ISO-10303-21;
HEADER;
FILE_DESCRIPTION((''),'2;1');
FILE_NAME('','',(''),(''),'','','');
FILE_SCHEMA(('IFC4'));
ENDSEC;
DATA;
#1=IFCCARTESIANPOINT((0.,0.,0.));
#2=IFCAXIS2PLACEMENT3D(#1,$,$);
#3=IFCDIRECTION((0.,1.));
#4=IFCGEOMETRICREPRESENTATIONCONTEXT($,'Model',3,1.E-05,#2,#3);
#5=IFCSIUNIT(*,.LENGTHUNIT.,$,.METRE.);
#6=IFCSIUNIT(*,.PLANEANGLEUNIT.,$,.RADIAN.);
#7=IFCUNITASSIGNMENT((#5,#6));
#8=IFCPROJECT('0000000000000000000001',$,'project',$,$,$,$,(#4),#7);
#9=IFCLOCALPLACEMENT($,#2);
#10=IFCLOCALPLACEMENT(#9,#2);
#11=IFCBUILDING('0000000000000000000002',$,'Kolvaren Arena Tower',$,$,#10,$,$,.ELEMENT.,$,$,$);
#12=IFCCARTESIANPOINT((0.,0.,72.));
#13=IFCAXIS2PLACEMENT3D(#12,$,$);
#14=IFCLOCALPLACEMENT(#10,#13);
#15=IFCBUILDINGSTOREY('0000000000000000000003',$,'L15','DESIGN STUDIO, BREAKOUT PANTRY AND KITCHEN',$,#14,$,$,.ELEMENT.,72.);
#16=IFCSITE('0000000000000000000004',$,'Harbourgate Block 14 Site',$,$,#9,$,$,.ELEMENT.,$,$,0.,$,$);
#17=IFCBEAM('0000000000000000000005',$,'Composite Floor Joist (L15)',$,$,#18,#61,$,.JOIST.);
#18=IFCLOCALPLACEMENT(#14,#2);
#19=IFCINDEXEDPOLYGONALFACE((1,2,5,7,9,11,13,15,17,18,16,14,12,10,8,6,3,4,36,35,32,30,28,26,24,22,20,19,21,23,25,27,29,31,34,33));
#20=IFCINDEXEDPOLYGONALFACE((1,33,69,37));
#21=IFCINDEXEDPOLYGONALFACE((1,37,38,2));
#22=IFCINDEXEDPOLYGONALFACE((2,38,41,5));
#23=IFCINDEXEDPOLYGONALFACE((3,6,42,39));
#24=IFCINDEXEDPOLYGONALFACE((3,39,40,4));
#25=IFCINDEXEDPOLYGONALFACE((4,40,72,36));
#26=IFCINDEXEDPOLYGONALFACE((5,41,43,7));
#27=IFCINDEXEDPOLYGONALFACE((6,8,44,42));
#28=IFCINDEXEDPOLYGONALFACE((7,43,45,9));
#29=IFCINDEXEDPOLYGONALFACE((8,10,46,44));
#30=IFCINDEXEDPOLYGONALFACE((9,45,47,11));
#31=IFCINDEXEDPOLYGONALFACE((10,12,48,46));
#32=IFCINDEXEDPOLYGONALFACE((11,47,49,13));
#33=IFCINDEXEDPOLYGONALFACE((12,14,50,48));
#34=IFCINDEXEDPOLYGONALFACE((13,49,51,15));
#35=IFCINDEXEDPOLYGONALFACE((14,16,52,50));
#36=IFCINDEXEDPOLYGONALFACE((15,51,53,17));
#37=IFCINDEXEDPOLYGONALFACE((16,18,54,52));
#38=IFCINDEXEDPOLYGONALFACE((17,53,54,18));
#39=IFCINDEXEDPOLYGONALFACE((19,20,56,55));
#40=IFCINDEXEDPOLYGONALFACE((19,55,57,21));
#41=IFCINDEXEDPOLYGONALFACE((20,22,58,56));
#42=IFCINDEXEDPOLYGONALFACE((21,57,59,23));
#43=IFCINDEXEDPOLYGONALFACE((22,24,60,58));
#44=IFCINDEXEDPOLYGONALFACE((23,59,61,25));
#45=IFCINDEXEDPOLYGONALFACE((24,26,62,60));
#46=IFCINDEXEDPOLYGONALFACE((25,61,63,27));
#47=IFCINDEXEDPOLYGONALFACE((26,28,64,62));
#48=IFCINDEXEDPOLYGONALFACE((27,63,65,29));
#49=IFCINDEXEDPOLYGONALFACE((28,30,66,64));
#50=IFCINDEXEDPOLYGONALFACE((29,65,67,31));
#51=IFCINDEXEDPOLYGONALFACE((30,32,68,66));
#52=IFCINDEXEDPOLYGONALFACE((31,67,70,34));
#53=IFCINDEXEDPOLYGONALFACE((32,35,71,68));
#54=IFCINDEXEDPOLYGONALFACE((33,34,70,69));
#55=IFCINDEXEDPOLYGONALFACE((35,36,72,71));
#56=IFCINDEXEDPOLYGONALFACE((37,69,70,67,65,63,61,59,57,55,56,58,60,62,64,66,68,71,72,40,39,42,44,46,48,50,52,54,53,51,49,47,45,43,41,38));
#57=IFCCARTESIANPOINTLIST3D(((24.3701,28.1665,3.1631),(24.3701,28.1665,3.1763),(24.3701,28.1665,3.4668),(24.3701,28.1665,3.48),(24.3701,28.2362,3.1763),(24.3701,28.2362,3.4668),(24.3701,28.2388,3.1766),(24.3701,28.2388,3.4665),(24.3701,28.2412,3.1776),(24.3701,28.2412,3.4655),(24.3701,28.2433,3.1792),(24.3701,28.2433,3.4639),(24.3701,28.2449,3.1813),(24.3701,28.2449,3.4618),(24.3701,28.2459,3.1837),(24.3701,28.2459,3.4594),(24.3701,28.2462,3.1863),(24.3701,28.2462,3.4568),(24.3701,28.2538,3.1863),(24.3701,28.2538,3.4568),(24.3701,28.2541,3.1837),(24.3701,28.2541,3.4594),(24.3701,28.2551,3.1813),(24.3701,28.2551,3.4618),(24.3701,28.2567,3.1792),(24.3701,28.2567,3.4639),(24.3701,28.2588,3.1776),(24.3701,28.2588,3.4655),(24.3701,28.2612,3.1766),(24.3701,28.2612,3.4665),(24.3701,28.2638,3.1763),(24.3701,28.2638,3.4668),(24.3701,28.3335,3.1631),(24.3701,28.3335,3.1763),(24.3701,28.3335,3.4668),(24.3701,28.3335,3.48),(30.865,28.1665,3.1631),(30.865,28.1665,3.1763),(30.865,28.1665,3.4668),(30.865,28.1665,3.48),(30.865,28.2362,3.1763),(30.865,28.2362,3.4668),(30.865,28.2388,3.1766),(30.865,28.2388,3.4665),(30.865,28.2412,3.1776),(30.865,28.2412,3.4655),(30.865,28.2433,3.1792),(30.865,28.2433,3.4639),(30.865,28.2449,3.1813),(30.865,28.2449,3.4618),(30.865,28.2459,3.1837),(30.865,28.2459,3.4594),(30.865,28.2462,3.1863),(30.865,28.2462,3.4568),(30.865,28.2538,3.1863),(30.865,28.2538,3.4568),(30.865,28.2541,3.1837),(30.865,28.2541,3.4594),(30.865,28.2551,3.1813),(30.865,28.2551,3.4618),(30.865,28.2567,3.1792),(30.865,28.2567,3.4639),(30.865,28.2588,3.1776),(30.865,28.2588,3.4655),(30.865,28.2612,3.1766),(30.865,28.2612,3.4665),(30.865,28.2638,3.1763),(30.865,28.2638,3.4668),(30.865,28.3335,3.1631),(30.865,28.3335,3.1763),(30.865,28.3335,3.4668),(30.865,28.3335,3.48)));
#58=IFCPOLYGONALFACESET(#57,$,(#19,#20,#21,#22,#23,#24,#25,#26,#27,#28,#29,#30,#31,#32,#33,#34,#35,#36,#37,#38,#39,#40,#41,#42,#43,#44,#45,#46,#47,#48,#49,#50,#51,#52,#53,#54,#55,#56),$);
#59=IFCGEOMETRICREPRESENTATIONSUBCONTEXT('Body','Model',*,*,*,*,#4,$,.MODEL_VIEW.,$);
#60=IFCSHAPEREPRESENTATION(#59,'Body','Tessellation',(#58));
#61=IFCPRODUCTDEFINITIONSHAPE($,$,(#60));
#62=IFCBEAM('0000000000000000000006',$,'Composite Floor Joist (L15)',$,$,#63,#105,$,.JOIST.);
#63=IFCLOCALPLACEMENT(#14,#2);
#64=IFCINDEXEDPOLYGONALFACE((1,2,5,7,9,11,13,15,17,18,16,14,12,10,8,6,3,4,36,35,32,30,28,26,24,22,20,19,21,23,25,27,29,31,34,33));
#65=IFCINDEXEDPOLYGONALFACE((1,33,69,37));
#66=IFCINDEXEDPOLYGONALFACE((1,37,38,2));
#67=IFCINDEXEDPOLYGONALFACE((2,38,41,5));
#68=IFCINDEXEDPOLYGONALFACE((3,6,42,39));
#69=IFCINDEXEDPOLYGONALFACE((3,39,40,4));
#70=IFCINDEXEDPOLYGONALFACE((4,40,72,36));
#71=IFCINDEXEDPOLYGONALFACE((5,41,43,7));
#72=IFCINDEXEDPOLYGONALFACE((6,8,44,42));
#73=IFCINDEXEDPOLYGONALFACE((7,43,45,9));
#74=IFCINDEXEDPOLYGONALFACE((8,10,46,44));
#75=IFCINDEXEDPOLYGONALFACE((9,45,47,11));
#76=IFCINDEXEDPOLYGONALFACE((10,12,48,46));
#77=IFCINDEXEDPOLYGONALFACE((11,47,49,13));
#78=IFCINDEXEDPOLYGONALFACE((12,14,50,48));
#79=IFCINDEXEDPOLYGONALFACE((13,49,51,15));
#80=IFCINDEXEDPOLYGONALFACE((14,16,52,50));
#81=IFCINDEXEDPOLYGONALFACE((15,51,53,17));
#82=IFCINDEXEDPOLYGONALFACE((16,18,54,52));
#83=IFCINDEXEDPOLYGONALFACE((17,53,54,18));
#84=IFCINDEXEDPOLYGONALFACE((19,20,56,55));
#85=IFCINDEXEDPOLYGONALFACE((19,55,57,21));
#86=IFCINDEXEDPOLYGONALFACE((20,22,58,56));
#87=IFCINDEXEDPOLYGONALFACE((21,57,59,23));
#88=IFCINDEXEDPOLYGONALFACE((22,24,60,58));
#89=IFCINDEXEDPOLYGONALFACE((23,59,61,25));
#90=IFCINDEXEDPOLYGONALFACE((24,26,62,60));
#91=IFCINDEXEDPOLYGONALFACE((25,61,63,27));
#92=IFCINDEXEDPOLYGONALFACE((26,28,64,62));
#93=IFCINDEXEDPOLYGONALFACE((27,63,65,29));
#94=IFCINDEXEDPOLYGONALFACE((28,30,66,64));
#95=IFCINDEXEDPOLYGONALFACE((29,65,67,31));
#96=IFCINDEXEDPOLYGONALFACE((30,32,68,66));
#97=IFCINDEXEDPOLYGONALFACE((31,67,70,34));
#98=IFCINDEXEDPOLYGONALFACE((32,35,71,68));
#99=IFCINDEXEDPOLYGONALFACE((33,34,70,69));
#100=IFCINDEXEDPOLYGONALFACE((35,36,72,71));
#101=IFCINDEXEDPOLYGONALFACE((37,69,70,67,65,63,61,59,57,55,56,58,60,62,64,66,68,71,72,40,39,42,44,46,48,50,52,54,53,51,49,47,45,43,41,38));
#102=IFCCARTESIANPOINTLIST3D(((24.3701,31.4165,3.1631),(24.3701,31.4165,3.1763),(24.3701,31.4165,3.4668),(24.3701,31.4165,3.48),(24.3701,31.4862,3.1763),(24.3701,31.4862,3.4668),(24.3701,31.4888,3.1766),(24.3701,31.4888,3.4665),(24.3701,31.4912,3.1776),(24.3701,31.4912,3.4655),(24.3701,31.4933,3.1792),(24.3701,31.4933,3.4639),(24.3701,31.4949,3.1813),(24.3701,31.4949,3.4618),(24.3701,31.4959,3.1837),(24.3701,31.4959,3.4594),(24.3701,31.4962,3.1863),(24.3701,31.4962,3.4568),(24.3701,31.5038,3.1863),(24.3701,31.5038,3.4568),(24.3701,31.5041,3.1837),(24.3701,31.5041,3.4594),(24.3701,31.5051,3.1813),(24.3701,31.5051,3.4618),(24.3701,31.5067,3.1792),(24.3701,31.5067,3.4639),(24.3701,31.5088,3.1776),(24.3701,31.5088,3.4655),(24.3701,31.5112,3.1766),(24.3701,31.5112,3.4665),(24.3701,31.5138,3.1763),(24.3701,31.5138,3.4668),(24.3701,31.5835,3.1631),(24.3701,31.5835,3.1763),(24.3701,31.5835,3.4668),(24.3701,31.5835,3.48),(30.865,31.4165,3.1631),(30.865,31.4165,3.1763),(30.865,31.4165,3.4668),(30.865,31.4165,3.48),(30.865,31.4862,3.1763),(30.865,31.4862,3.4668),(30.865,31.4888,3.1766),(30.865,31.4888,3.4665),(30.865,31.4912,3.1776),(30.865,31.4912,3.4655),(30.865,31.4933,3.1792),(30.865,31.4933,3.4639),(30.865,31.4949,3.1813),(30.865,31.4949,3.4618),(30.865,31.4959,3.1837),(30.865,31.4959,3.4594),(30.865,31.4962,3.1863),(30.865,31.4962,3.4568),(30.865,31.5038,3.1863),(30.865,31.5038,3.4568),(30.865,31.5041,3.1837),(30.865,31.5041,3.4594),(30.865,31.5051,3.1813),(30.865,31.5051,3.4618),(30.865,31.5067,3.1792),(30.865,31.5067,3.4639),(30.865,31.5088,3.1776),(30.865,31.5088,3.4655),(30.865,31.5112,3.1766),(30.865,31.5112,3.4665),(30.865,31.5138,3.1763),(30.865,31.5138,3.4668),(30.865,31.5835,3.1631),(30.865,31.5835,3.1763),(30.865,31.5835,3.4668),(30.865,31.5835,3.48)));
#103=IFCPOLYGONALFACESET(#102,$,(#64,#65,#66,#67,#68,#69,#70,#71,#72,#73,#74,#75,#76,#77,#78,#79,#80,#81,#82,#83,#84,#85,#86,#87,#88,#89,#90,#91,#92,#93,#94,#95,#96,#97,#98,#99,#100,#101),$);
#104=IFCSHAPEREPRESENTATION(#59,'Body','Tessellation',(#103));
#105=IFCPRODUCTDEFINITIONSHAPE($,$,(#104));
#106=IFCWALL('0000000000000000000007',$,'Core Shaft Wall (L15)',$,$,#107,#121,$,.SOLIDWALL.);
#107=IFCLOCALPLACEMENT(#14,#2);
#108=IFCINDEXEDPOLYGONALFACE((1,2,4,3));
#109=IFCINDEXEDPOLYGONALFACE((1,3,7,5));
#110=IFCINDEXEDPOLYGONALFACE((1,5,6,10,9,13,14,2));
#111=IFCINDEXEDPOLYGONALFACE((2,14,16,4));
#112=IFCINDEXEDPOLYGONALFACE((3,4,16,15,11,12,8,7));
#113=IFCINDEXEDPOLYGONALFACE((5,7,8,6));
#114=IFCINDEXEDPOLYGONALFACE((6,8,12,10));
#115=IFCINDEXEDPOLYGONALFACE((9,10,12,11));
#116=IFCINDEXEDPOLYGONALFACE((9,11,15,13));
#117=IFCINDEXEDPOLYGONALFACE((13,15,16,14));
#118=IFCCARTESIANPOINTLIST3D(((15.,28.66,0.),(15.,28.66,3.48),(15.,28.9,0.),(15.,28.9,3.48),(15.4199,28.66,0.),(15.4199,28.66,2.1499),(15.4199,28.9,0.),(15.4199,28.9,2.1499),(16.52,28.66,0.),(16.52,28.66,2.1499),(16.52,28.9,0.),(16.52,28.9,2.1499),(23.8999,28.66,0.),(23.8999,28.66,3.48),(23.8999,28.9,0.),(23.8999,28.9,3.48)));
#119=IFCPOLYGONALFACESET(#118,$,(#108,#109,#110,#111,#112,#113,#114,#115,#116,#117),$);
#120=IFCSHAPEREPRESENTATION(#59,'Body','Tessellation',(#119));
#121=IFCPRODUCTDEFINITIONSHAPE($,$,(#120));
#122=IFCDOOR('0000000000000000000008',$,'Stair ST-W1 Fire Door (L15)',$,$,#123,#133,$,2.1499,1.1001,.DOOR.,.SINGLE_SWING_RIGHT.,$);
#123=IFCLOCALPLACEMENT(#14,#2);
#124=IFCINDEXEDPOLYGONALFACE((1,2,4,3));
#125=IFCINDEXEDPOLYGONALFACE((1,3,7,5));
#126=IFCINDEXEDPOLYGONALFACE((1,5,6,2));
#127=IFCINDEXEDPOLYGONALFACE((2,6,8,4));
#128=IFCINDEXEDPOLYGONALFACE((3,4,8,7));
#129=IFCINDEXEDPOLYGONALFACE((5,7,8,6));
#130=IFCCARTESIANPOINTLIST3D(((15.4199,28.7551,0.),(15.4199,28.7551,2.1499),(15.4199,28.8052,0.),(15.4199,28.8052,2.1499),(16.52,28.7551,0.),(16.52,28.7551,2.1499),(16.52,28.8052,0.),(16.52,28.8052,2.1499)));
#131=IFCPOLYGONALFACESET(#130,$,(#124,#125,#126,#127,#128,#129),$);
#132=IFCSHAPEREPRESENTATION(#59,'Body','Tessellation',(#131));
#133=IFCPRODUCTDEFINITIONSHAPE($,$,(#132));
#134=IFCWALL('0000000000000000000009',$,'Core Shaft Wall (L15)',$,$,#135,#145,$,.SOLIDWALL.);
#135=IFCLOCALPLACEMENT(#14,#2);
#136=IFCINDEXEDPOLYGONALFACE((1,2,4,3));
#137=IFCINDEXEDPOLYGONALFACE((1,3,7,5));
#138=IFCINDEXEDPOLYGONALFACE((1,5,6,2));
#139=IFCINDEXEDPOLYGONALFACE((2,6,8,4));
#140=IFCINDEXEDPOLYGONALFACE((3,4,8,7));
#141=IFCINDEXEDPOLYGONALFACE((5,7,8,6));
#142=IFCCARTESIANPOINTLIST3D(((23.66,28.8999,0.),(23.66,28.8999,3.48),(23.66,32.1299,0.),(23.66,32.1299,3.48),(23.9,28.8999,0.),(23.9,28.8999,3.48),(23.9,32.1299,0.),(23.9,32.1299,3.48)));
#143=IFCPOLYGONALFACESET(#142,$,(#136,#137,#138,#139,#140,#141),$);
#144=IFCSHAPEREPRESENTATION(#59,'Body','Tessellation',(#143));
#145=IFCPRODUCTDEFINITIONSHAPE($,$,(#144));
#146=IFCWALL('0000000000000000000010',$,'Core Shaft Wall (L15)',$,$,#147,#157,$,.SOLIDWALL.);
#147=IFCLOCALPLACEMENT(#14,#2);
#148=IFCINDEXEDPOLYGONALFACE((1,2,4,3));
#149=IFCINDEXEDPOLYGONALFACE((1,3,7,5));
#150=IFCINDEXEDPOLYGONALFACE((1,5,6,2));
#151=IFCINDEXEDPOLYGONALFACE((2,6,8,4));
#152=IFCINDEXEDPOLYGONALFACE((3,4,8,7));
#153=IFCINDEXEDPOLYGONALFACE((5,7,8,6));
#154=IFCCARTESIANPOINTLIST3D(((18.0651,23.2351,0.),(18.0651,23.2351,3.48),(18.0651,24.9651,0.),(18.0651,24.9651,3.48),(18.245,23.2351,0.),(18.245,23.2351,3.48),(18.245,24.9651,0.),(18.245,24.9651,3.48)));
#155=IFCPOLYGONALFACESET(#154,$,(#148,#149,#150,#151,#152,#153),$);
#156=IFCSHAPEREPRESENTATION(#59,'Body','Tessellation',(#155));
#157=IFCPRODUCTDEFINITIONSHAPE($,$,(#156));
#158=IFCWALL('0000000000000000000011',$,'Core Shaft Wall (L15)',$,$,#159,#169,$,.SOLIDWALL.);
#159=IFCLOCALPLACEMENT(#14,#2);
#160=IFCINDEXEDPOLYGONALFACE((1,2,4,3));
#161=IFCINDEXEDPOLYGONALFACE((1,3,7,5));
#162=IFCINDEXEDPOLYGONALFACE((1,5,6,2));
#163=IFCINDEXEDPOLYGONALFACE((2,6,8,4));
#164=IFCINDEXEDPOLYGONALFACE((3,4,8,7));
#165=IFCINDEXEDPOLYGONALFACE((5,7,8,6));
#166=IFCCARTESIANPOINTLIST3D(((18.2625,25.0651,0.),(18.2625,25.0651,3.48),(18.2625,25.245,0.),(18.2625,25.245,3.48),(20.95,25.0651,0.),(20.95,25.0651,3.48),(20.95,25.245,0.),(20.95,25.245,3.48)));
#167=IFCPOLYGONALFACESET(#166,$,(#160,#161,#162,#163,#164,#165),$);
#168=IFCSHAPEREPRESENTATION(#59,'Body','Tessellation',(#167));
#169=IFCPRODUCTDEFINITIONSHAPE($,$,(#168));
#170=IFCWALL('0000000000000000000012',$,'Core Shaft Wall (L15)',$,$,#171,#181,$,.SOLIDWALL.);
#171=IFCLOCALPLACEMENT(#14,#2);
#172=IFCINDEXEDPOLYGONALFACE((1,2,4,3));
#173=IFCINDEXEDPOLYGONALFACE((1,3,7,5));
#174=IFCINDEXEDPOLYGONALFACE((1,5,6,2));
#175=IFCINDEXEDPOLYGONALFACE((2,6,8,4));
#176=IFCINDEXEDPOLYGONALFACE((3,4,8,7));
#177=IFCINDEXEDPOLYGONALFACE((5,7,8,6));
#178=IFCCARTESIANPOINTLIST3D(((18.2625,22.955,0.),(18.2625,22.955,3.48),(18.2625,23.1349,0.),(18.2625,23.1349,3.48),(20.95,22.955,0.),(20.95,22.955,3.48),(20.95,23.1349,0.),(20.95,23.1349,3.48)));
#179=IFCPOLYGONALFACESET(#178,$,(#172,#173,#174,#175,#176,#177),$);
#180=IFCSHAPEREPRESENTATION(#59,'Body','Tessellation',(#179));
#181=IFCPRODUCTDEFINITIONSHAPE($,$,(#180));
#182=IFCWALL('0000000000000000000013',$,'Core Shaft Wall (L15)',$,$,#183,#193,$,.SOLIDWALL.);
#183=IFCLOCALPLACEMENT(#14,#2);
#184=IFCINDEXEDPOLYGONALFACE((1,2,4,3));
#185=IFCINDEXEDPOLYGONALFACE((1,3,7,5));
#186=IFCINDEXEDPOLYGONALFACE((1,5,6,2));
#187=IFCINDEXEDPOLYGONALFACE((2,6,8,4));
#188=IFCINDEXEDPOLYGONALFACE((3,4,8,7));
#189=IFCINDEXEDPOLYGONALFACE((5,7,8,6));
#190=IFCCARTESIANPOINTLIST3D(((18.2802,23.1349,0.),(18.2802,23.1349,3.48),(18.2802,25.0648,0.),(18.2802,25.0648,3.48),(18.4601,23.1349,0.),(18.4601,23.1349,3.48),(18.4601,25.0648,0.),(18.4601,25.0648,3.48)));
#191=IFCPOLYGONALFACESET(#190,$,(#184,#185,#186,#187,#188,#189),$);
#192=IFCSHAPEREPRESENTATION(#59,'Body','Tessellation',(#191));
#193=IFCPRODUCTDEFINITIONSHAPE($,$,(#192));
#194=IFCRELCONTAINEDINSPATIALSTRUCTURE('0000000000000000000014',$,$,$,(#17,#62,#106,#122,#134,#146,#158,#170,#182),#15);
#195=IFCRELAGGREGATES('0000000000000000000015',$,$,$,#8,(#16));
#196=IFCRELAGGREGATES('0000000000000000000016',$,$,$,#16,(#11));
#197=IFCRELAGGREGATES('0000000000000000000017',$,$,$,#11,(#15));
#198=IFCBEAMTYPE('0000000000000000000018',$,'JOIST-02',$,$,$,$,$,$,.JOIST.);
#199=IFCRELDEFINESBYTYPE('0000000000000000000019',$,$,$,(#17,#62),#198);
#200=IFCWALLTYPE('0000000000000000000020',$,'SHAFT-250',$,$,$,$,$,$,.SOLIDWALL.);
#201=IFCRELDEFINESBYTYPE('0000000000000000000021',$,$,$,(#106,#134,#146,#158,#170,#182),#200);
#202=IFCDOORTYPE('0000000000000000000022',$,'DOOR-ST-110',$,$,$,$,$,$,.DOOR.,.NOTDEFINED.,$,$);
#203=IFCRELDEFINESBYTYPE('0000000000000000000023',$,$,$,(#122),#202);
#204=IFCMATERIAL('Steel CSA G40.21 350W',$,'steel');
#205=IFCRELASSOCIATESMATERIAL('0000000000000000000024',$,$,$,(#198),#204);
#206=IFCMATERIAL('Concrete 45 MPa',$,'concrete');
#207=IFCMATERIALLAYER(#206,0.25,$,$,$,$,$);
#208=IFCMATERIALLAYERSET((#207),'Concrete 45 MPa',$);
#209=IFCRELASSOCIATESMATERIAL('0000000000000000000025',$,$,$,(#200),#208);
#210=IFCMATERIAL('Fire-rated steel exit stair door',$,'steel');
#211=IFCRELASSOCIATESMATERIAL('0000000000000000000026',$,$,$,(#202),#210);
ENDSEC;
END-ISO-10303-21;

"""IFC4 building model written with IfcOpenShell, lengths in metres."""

from ifc_helpers import new_model, si_unit, direction, frame, frame_2d, origin, origin_2d, place, context, subcontext, project, spatial, rectangle, i_section, extrude, material, layer, layer_set, material_profile, profile_set, type_object, element, fill, save


model = new_model("IFC4")

# Units and contexts
model_context = context("Model", 3, precision=1e-05, world=origin(), true_north=direction((0.0, 1.0)))
body_context = subcontext(model_context, "Body", "Model", "MODEL_VIEW")
ifc_project = project(units=[si_unit("LENGTHUNIT", "METRE"), si_unit("PLANEANGLEUNIT", "RADIAN")], contexts=[model_context])

# Site, building, storey
site_placement = place(None, origin())
site = spatial("IfcSite", under=ifc_project, at=site_placement, Name="Harbourgate Block 14 Site", CompositionType="ELEMENT", RefElevation=0.0)
building_placement = place(site_placement, origin())
building = spatial("IfcBuilding", under=site, at=building_placement, Name="Kolvaren Arena Tower", CompositionType="ELEMENT")
storey_placement = place(building_placement, frame((0.0, 0.0, 72.0)))
storey = spatial("IfcBuildingStorey", under=building, at=storey_placement, Name="L15", Description="DESIGN STUDIO, BREAKOUT PANTRY AND KITCHEN", CompositionType="ELEMENT", Elevation=72.0)

# Beams
ifc_material_1 = material(Name="Steel CSA G40.21 350W", Category="steel")
ifc_material_profile_1 = material_profile(ifc_material_1, i_section(OverallWidth=0.167, OverallDepth=0.3169, WebThickness=0.0076, FlangeThickness=0.0132, FilletRadius=0.01, at=origin_2d()), Name="W310x52")
ifc_profile_set_1 = profile_set([ifc_material_profile_1], Name="Steel CSA G40.21 350W")
beam_type_1 = type_object("IfcBeamType", Name="JOIST-02", PredefinedType="JOIST", material=ifc_profile_set_1)
for number, where, z_axis, x_axis, name in (
    (1, (24.3701, 28.25, 3.3215), (1.0, 0.0, 0.0), (0.0, 1.0, 0.0), "Composite Floor Joist (L15)"),
    (2, (24.3701, 31.5, 3.3215), (1.0, 0.0, 0.0), (0.0, 1.0, 0.0), "Composite Floor Joist (L15)"),
):
    element("IfcBeam", number, at=place(storey_placement, frame(where, z_axis=z_axis, x_axis=x_axis)), inside=storey, type_object=beam_type_1, Name=name, PredefinedType="JOIST", context=body_context, shape_type="SweptSolid", body=[
        extrude(i_section(OverallWidth=0.167, OverallDepth=0.3169, WebThickness=0.0076, FlangeThickness=0.0132, FilletRadius=0.01, at=origin_2d()), origin(), (0.0, 0.0, 1.0), 6.4949),
    ])

# Wall, opening, door
ifc_material_2 = material(Name="Concrete 45 MPa", Category="concrete")
ifc_layer = layer(ifc_material_2, 0.25)
ifc_layer_set = layer_set([ifc_layer], Name="Concrete 45 MPa")
wall_type = type_object("IfcWallType", Name="SHAFT-250", PredefinedType="SOLIDWALL", material=ifc_layer_set)
wall_1_placement = place(storey_placement, frame((23.8999, 28.78, 0.0), z_axis=(0.0, 0.0, 1.0), x_axis=(-1.0, 0.0, 0.0)))
wall_1 = element("IfcWall", 3, at=wall_1_placement, inside=storey, type_object=wall_type, Name="Core Shaft Wall (L15)", PredefinedType="SOLIDWALL", context=body_context, shape_type="SweptSolid", body=[
    extrude(rectangle(XDim=8.8999, YDim=0.24, at=frame_2d((4.45, 0.0))), origin(), (0.0, 0.0, 1.0), 3.48),
])
opening_placement = place(wall_1_placement, frame((7.3799, 0.0, 0.0)))
opening = element("IfcOpeningElement", 4, at=opening_placement, cuts=wall_1, PredefinedType="OPENING", context=body_context, shape_type="SweptSolid", body=[
    extrude(rectangle(XDim=1.1001, YDim=2.1499, at=frame_2d((0.55, 1.075))), frame((0.0, 0.1299, 0.0), z_axis=(0.0, -1.0, 0.0), x_axis=(1.0, 0.0, 0.0)), (0.0, 0.0, 1.0), 0.26),
])
ifc_material_3 = material(Name="Fire-rated steel exit stair door", Category="steel")
door_type = type_object("IfcDoorType", Name="DOOR-ST-110", OperationType="NOTDEFINED", PredefinedType="DOOR", material=ifc_material_3)
door_placement = place(opening_placement, origin())
door = element("IfcDoor", 5, at=door_placement, inside=storey, type_object=door_type, Name="Stair ST-W1 Fire Door (L15)", OperationType="SINGLE_SWING_RIGHT", OverallHeight=2.1499, OverallWidth=1.1001, PredefinedType="DOOR", context=body_context, shape_type="SweptSolid", body=[
    extrude(rectangle(XDim=1.1001, YDim=2.1499, at=frame_2d((0.55, 1.075))), frame((0.0, 0.0249, 0.0), z_axis=(0.0, -1.0, 0.0), x_axis=(1.0, 0.0, 0.0)), (0.0, 0.0, 1.0), 0.05),
])
fill(opening, door)

# Walls
wall_2_placement = place(storey_placement, frame((23.78, 28.8999, 0.0), z_axis=(0.0, 0.0, 1.0), x_axis=(0.0, 1.0, 0.0)))
element("IfcWall", 6, at=wall_2_placement, inside=storey, type_object=wall_type, Name="Core Shaft Wall (L15)", PredefinedType="SOLIDWALL", context=body_context, shape_type="SweptSolid", body=[
    extrude(rectangle(XDim=3.23, YDim=0.24, at=frame_2d((1.615, 0.0))), origin(), (0.0, 0.0, 1.0), 3.48),
])
wall_3_placement = place(storey_placement, frame((18.155, 23.2351, 0.0), z_axis=(0.0, 0.0, 1.0), x_axis=(0.0, 1.0, 0.0)))
element("IfcWall", 7, at=wall_3_placement, inside=storey, type_object=wall_type, Name="Core Shaft Wall (L15)", PredefinedType="SOLIDWALL", context=body_context, shape_type="SweptSolid", body=[
    extrude(rectangle(XDim=1.73, YDim=0.1799, at=frame_2d((0.865, 0.0))), origin(), (0.0, 0.0, 1.0), 3.48),
])
for number, where, z_axis, x_axis, name in (
    (8, (18.2625, 25.155, 0.0), (0.0, 0.0, 1.0), (1.0, 0.0, 0.0), "Core Shaft Wall (L15)"),
    (9, (18.2625, 23.0449, 0.0), (0.0, 0.0, 1.0), (1.0, 0.0, 0.0), "Core Shaft Wall (L15)"),
):
    element("IfcWall", number, at=place(storey_placement, frame(where, z_axis=z_axis, x_axis=x_axis)), inside=storey, type_object=wall_type, Name=name, PredefinedType="SOLIDWALL", context=body_context, shape_type="SweptSolid", body=[
        extrude(rectangle(XDim=2.6875, YDim=0.1799, at=frame_2d((1.3438, 0.0))), origin(), (0.0, 0.0, 1.0), 3.48),
    ])
for number, where, z_axis, x_axis, name in (
    (10, (18.3701, 23.135, 0.0), (0.0, 0.0, 1.0), (0.0, 1.0, 0.0), "Core Shaft Wall (L15)"),
):
    element("IfcWall", number, at=place(storey_placement, frame(where, z_axis=z_axis, x_axis=x_axis)), inside=storey, type_object=wall_type, Name=name, PredefinedType="SOLIDWALL", context=body_context, shape_type="SweptSolid", body=[
        extrude(rectangle(XDim=1.9299, YDim=0.1799, at=frame_2d((0.9648, 0.0))), origin(), (0.0, 0.0, 1.0), 3.48),
    ])

save(model, "model.ifc")
